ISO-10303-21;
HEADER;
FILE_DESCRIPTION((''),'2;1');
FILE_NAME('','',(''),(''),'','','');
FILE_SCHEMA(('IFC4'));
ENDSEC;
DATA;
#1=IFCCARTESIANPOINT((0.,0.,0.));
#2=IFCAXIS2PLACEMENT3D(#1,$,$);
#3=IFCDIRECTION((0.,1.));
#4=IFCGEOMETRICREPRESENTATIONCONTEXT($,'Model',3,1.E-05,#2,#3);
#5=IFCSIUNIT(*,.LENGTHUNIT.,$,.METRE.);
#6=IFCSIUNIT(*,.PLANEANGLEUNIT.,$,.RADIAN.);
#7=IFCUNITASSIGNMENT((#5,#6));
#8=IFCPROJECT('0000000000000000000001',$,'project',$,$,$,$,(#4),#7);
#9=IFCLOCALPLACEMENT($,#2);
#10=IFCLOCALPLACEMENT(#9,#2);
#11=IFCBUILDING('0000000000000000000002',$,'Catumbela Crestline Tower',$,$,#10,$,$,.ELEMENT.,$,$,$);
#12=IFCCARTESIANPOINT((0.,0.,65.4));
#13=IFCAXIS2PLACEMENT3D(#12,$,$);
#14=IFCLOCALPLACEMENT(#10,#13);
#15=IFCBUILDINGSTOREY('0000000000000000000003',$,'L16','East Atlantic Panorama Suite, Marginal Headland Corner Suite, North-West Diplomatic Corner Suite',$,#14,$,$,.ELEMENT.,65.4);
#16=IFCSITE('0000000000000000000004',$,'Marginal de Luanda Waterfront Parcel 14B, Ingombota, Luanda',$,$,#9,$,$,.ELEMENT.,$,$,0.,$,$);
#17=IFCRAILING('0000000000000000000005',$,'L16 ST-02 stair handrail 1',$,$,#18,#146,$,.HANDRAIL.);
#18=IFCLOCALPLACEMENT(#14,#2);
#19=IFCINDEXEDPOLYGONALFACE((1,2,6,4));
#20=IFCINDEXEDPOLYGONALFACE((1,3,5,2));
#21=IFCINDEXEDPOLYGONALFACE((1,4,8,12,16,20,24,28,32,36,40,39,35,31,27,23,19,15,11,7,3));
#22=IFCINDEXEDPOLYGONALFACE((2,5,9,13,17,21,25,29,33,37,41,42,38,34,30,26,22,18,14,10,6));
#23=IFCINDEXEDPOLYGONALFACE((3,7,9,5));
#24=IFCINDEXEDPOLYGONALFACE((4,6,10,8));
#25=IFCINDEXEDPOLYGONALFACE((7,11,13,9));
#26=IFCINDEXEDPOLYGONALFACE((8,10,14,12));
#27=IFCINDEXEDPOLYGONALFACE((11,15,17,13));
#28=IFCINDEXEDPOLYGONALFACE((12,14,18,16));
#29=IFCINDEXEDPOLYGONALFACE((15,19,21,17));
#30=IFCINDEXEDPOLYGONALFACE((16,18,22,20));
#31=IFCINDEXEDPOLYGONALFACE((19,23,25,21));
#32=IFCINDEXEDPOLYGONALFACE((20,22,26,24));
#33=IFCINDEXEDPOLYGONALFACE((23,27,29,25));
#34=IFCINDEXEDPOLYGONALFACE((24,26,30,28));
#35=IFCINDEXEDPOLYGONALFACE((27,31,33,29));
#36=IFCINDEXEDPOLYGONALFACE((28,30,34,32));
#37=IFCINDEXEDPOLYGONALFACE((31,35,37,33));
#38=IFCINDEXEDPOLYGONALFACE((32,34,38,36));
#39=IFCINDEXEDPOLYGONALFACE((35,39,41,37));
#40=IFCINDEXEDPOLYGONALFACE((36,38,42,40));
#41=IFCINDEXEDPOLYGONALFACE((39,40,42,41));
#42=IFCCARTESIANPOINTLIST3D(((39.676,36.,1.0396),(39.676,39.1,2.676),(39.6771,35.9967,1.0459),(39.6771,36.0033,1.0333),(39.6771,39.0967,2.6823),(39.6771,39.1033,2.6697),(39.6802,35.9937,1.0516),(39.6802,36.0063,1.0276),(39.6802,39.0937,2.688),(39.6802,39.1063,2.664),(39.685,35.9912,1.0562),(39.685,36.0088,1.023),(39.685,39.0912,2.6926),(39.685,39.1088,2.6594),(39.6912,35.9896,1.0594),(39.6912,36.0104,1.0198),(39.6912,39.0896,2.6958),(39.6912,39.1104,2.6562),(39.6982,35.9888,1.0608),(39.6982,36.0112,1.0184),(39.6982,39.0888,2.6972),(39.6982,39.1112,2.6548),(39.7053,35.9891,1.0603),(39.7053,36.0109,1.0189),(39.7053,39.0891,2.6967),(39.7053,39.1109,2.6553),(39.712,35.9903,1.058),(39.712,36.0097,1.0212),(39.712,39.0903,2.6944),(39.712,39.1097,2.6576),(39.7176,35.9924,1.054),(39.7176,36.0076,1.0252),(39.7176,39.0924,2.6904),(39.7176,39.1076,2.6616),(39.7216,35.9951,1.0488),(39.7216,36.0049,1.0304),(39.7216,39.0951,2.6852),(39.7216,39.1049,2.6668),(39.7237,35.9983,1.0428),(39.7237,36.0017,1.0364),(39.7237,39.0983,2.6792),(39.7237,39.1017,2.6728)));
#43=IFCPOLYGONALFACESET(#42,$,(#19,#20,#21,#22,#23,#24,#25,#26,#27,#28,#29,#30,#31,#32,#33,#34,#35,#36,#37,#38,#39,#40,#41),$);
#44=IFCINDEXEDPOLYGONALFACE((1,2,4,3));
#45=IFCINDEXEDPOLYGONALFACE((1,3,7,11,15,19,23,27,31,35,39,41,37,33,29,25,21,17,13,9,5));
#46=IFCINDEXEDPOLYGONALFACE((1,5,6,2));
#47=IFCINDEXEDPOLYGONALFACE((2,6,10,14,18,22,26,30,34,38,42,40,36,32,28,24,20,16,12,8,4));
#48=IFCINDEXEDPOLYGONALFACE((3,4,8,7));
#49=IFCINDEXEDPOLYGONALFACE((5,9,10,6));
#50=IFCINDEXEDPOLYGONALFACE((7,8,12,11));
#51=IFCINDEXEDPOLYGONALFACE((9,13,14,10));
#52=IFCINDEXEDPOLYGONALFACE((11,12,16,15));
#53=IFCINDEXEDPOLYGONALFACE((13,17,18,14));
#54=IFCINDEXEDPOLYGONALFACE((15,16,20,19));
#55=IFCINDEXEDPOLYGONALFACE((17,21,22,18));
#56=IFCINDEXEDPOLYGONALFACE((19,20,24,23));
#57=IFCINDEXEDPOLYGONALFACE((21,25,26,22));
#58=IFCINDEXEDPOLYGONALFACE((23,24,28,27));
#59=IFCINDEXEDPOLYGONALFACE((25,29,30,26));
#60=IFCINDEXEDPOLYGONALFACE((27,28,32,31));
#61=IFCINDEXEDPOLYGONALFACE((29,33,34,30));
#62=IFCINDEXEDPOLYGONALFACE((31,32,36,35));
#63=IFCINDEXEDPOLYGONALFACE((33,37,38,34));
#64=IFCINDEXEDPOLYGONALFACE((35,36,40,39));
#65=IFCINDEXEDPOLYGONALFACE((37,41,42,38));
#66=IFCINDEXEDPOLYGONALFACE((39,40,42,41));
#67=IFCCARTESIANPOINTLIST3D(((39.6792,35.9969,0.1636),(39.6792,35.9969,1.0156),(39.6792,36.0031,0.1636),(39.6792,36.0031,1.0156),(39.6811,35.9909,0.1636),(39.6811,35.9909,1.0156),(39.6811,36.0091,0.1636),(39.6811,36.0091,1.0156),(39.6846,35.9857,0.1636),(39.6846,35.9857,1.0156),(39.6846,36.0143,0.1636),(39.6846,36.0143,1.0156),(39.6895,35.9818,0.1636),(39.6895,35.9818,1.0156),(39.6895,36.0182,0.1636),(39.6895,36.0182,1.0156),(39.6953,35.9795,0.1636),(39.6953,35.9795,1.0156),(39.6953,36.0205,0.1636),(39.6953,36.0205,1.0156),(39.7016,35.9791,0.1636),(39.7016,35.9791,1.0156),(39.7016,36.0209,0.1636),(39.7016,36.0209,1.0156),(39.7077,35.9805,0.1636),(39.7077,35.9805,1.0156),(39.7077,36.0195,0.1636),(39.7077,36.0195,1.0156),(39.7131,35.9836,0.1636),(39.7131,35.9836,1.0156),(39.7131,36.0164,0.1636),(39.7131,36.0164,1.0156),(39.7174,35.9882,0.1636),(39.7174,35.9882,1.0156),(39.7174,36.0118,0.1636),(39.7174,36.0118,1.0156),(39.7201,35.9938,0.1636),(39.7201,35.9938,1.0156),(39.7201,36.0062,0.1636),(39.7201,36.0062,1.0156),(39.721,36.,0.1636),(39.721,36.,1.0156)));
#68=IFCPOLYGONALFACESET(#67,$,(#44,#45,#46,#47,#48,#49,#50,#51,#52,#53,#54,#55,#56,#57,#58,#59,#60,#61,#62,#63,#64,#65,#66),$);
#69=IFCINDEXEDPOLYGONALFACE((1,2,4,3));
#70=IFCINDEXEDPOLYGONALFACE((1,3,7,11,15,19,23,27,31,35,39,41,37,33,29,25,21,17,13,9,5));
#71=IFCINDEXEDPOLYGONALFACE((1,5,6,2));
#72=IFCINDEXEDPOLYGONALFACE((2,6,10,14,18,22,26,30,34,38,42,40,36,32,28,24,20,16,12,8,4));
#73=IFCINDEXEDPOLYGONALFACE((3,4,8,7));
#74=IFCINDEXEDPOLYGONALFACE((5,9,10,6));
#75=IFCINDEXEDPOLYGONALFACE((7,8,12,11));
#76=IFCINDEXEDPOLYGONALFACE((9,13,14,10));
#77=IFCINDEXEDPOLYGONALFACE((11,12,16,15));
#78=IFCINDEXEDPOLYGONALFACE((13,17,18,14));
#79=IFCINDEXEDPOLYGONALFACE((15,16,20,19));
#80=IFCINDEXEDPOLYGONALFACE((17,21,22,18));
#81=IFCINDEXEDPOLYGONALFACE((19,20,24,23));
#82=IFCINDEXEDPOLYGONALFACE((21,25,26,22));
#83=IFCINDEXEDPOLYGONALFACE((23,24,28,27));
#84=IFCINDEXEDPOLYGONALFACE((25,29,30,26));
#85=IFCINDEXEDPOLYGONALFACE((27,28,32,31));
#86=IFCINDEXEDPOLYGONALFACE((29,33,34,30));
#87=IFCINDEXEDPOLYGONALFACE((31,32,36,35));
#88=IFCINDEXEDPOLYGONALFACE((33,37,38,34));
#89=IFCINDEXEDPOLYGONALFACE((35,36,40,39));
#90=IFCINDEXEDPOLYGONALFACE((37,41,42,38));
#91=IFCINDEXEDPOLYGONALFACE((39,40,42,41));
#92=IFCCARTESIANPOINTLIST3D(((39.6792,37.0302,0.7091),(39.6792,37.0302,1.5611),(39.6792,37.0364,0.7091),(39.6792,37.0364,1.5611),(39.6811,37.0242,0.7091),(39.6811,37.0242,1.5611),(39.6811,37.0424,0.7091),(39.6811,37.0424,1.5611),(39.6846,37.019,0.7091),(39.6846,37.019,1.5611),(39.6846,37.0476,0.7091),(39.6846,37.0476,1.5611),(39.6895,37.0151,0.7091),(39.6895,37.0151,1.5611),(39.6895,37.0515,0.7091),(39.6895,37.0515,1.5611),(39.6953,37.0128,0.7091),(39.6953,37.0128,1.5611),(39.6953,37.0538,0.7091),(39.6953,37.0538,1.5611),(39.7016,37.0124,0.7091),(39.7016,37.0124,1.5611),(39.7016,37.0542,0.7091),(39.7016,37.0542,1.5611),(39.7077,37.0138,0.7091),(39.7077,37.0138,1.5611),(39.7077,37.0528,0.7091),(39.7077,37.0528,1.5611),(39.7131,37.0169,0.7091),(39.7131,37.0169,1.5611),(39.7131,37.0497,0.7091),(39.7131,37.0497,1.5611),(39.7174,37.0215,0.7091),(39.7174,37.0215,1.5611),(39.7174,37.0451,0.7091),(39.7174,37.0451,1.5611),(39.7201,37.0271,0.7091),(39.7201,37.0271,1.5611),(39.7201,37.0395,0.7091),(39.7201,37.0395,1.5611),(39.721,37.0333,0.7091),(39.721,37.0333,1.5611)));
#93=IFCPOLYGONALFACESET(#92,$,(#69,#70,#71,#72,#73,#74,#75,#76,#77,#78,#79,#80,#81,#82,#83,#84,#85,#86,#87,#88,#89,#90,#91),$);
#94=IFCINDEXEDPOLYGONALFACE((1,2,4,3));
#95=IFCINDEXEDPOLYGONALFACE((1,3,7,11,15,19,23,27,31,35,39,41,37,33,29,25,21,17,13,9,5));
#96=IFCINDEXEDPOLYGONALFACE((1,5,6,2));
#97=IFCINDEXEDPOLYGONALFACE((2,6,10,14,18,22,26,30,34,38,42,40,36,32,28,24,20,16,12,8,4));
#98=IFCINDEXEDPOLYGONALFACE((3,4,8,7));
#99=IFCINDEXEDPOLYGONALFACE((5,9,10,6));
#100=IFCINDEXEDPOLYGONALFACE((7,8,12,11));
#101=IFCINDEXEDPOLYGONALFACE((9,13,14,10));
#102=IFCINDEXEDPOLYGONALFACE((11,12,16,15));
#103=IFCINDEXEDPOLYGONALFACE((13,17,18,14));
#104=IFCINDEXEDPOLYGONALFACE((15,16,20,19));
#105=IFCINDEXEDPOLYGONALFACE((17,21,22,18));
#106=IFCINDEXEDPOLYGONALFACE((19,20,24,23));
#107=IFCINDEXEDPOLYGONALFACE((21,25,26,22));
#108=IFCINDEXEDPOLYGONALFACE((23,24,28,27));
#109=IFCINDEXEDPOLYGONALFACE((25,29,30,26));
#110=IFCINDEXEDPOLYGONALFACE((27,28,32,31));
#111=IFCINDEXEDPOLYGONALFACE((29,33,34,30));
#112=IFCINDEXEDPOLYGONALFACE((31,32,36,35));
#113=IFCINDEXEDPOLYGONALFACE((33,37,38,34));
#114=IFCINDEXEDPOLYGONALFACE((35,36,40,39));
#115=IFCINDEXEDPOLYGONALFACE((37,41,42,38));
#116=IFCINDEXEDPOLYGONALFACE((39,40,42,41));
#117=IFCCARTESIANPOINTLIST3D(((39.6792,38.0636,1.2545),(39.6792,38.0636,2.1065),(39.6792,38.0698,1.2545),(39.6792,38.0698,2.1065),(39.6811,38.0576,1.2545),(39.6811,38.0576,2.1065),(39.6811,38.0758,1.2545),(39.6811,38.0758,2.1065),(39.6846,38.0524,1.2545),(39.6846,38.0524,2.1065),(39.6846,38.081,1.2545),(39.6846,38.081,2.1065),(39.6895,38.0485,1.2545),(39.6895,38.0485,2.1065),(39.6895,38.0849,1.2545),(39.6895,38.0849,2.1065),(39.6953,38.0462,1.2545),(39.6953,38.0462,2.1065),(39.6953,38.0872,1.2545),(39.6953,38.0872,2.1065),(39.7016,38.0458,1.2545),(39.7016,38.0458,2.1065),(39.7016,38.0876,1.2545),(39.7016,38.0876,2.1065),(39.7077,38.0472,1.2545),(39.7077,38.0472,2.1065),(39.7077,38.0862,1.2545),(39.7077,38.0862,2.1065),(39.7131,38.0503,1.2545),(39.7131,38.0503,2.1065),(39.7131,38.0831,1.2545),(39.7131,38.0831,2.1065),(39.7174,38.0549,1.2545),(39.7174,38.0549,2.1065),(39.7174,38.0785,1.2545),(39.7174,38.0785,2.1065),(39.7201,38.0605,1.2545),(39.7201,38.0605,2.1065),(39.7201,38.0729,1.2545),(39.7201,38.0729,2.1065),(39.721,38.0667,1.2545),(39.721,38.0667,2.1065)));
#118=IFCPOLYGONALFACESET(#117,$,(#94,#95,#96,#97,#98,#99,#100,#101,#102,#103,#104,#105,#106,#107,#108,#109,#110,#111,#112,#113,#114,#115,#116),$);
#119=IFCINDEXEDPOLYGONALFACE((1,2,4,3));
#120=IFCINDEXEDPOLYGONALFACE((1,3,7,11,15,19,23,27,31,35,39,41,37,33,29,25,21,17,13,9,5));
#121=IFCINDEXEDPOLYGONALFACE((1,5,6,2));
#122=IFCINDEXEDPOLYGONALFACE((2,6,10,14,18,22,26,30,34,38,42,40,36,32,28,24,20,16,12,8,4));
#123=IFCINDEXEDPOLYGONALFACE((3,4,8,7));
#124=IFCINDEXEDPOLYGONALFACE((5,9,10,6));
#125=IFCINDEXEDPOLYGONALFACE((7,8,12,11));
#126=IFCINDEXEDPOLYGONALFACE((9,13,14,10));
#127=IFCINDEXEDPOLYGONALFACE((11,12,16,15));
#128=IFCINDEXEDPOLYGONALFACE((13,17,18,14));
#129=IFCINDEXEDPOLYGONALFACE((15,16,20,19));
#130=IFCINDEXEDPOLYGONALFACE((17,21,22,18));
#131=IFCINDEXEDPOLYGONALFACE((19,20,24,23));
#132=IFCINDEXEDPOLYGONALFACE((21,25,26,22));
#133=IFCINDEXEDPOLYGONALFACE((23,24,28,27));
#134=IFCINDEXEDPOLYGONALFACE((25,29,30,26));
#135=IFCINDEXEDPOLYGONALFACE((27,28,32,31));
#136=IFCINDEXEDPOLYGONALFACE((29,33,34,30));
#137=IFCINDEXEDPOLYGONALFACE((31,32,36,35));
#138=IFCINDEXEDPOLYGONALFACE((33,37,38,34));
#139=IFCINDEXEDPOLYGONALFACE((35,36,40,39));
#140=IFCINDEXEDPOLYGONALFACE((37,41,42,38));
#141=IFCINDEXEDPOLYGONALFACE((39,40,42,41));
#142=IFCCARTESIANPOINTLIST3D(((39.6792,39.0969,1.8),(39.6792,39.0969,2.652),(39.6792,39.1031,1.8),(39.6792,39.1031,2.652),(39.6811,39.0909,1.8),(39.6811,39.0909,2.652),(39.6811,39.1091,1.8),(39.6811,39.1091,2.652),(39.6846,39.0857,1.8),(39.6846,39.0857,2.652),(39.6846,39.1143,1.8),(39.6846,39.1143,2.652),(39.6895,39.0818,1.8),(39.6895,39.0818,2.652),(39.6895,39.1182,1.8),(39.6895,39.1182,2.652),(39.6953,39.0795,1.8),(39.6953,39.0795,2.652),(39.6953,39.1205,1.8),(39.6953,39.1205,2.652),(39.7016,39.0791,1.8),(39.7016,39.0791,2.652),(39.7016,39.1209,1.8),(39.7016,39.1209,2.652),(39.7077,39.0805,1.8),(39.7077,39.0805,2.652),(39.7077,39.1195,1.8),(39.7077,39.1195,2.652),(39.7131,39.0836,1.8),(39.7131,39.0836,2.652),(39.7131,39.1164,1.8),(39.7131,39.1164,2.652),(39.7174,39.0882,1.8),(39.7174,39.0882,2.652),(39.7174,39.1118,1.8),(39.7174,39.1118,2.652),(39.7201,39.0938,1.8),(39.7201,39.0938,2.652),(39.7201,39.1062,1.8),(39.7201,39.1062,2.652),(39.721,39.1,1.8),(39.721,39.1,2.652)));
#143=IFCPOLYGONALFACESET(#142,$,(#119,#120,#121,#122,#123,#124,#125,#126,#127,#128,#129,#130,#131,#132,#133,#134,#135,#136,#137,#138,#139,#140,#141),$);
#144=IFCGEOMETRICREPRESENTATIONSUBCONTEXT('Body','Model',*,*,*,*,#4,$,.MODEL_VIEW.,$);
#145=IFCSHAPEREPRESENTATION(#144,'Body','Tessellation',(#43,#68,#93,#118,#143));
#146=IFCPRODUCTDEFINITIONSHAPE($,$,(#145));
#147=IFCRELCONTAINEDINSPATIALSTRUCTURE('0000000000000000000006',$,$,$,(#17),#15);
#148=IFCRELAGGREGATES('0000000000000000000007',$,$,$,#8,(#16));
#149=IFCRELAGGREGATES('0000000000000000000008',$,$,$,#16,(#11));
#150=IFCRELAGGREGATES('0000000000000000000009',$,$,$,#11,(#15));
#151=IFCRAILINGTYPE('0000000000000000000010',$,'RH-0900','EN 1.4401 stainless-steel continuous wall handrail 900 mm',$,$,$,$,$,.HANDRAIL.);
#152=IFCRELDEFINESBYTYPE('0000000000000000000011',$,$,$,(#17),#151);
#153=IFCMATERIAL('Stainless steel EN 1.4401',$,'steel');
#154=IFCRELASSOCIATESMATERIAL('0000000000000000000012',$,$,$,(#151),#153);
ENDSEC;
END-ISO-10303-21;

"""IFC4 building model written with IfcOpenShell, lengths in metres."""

from ifc_helpers import new_model, si_unit, direction, frame, origin, origin_2d, place, context, subcontext, project, spatial, circle, extrude, material, type_object, element, save


model = new_model("IFC4")

# Units and contexts
model_context = context("Model", 3, precision=1e-05, world=origin(), true_north=direction((0.0, 1.0)))
body_context = subcontext(model_context, "Body", "Model", "MODEL_VIEW")
ifc_project = project(units=[si_unit("LENGTHUNIT", "METRE"), si_unit("PLANEANGLEUNIT", "RADIAN")], contexts=[model_context])

# Site, building, storey
site_placement = place(None, origin())
site = spatial("IfcSite", under=ifc_project, at=site_placement, Name="Marginal de Luanda Waterfront Parcel 14B, Ingombota, Luanda", CompositionType="ELEMENT", RefElevation=0.0)
building_placement = place(site_placement, origin())
building = spatial("IfcBuilding", under=site, at=building_placement, Name="Catumbela Crestline Tower", CompositionType="ELEMENT")
storey_placement = place(building_placement, frame((0.0, 0.0, 65.4)))
storey = spatial("IfcBuildingStorey", under=building, at=storey_placement, Name="L16", Description="East Atlantic Panorama Suite, Marginal Headland Corner Suite, North-West Diplomatic Corner Suite", CompositionType="ELEMENT", Elevation=65.4)

# Shared definitions
ifc_material_1 = material(Name="Stainless steel EN 1.4401", Category="steel")

# Railing
railing_type_1 = type_object("IfcRailingType", Name="RH-0900", Description="EN 1.4401 stainless-steel continuous wall handrail 900 mm", PredefinedType="HANDRAIL", material=ifc_material_1)
railing_1_placement = place(storey_placement, frame((39.7, 36.0, 0.1636)))
element("IfcRailing", 1, at=railing_1_placement, inside=storey, type_object=railing_type_1, Name="L16 ST-02 stair handrail 1", PredefinedType="HANDRAIL", context=body_context, shape_type="SweptSolid", body=[
    extrude(circle(Radius=0.024, at=origin_2d()), frame((0.0, 0.0, 0.876), z_axis=(0.0, 0.884351, 0.466823), x_axis=(-1.0, 0.0, 0.0)), (0.0, 0.0, 1.0), 3.5054),
    extrude(circle(Radius=0.021, at=origin_2d()), origin(), (0.0, 0.0, 1.0), 0.852),
    extrude(circle(Radius=0.021, at=origin_2d()), frame((0.0, 1.0333, 0.5455)), (0.0, 0.0, 1.0), 0.852),
    extrude(circle(Radius=0.021, at=origin_2d()), frame((0.0, 2.0667, 1.0909)), (0.0, 0.0, 1.0), 0.852),
    extrude(circle(Radius=0.021, at=origin_2d()), frame((0.0, 3.1, 1.6364)), (0.0, 0.0, 1.0), 0.852),
])

save(model, "model.ifc")
